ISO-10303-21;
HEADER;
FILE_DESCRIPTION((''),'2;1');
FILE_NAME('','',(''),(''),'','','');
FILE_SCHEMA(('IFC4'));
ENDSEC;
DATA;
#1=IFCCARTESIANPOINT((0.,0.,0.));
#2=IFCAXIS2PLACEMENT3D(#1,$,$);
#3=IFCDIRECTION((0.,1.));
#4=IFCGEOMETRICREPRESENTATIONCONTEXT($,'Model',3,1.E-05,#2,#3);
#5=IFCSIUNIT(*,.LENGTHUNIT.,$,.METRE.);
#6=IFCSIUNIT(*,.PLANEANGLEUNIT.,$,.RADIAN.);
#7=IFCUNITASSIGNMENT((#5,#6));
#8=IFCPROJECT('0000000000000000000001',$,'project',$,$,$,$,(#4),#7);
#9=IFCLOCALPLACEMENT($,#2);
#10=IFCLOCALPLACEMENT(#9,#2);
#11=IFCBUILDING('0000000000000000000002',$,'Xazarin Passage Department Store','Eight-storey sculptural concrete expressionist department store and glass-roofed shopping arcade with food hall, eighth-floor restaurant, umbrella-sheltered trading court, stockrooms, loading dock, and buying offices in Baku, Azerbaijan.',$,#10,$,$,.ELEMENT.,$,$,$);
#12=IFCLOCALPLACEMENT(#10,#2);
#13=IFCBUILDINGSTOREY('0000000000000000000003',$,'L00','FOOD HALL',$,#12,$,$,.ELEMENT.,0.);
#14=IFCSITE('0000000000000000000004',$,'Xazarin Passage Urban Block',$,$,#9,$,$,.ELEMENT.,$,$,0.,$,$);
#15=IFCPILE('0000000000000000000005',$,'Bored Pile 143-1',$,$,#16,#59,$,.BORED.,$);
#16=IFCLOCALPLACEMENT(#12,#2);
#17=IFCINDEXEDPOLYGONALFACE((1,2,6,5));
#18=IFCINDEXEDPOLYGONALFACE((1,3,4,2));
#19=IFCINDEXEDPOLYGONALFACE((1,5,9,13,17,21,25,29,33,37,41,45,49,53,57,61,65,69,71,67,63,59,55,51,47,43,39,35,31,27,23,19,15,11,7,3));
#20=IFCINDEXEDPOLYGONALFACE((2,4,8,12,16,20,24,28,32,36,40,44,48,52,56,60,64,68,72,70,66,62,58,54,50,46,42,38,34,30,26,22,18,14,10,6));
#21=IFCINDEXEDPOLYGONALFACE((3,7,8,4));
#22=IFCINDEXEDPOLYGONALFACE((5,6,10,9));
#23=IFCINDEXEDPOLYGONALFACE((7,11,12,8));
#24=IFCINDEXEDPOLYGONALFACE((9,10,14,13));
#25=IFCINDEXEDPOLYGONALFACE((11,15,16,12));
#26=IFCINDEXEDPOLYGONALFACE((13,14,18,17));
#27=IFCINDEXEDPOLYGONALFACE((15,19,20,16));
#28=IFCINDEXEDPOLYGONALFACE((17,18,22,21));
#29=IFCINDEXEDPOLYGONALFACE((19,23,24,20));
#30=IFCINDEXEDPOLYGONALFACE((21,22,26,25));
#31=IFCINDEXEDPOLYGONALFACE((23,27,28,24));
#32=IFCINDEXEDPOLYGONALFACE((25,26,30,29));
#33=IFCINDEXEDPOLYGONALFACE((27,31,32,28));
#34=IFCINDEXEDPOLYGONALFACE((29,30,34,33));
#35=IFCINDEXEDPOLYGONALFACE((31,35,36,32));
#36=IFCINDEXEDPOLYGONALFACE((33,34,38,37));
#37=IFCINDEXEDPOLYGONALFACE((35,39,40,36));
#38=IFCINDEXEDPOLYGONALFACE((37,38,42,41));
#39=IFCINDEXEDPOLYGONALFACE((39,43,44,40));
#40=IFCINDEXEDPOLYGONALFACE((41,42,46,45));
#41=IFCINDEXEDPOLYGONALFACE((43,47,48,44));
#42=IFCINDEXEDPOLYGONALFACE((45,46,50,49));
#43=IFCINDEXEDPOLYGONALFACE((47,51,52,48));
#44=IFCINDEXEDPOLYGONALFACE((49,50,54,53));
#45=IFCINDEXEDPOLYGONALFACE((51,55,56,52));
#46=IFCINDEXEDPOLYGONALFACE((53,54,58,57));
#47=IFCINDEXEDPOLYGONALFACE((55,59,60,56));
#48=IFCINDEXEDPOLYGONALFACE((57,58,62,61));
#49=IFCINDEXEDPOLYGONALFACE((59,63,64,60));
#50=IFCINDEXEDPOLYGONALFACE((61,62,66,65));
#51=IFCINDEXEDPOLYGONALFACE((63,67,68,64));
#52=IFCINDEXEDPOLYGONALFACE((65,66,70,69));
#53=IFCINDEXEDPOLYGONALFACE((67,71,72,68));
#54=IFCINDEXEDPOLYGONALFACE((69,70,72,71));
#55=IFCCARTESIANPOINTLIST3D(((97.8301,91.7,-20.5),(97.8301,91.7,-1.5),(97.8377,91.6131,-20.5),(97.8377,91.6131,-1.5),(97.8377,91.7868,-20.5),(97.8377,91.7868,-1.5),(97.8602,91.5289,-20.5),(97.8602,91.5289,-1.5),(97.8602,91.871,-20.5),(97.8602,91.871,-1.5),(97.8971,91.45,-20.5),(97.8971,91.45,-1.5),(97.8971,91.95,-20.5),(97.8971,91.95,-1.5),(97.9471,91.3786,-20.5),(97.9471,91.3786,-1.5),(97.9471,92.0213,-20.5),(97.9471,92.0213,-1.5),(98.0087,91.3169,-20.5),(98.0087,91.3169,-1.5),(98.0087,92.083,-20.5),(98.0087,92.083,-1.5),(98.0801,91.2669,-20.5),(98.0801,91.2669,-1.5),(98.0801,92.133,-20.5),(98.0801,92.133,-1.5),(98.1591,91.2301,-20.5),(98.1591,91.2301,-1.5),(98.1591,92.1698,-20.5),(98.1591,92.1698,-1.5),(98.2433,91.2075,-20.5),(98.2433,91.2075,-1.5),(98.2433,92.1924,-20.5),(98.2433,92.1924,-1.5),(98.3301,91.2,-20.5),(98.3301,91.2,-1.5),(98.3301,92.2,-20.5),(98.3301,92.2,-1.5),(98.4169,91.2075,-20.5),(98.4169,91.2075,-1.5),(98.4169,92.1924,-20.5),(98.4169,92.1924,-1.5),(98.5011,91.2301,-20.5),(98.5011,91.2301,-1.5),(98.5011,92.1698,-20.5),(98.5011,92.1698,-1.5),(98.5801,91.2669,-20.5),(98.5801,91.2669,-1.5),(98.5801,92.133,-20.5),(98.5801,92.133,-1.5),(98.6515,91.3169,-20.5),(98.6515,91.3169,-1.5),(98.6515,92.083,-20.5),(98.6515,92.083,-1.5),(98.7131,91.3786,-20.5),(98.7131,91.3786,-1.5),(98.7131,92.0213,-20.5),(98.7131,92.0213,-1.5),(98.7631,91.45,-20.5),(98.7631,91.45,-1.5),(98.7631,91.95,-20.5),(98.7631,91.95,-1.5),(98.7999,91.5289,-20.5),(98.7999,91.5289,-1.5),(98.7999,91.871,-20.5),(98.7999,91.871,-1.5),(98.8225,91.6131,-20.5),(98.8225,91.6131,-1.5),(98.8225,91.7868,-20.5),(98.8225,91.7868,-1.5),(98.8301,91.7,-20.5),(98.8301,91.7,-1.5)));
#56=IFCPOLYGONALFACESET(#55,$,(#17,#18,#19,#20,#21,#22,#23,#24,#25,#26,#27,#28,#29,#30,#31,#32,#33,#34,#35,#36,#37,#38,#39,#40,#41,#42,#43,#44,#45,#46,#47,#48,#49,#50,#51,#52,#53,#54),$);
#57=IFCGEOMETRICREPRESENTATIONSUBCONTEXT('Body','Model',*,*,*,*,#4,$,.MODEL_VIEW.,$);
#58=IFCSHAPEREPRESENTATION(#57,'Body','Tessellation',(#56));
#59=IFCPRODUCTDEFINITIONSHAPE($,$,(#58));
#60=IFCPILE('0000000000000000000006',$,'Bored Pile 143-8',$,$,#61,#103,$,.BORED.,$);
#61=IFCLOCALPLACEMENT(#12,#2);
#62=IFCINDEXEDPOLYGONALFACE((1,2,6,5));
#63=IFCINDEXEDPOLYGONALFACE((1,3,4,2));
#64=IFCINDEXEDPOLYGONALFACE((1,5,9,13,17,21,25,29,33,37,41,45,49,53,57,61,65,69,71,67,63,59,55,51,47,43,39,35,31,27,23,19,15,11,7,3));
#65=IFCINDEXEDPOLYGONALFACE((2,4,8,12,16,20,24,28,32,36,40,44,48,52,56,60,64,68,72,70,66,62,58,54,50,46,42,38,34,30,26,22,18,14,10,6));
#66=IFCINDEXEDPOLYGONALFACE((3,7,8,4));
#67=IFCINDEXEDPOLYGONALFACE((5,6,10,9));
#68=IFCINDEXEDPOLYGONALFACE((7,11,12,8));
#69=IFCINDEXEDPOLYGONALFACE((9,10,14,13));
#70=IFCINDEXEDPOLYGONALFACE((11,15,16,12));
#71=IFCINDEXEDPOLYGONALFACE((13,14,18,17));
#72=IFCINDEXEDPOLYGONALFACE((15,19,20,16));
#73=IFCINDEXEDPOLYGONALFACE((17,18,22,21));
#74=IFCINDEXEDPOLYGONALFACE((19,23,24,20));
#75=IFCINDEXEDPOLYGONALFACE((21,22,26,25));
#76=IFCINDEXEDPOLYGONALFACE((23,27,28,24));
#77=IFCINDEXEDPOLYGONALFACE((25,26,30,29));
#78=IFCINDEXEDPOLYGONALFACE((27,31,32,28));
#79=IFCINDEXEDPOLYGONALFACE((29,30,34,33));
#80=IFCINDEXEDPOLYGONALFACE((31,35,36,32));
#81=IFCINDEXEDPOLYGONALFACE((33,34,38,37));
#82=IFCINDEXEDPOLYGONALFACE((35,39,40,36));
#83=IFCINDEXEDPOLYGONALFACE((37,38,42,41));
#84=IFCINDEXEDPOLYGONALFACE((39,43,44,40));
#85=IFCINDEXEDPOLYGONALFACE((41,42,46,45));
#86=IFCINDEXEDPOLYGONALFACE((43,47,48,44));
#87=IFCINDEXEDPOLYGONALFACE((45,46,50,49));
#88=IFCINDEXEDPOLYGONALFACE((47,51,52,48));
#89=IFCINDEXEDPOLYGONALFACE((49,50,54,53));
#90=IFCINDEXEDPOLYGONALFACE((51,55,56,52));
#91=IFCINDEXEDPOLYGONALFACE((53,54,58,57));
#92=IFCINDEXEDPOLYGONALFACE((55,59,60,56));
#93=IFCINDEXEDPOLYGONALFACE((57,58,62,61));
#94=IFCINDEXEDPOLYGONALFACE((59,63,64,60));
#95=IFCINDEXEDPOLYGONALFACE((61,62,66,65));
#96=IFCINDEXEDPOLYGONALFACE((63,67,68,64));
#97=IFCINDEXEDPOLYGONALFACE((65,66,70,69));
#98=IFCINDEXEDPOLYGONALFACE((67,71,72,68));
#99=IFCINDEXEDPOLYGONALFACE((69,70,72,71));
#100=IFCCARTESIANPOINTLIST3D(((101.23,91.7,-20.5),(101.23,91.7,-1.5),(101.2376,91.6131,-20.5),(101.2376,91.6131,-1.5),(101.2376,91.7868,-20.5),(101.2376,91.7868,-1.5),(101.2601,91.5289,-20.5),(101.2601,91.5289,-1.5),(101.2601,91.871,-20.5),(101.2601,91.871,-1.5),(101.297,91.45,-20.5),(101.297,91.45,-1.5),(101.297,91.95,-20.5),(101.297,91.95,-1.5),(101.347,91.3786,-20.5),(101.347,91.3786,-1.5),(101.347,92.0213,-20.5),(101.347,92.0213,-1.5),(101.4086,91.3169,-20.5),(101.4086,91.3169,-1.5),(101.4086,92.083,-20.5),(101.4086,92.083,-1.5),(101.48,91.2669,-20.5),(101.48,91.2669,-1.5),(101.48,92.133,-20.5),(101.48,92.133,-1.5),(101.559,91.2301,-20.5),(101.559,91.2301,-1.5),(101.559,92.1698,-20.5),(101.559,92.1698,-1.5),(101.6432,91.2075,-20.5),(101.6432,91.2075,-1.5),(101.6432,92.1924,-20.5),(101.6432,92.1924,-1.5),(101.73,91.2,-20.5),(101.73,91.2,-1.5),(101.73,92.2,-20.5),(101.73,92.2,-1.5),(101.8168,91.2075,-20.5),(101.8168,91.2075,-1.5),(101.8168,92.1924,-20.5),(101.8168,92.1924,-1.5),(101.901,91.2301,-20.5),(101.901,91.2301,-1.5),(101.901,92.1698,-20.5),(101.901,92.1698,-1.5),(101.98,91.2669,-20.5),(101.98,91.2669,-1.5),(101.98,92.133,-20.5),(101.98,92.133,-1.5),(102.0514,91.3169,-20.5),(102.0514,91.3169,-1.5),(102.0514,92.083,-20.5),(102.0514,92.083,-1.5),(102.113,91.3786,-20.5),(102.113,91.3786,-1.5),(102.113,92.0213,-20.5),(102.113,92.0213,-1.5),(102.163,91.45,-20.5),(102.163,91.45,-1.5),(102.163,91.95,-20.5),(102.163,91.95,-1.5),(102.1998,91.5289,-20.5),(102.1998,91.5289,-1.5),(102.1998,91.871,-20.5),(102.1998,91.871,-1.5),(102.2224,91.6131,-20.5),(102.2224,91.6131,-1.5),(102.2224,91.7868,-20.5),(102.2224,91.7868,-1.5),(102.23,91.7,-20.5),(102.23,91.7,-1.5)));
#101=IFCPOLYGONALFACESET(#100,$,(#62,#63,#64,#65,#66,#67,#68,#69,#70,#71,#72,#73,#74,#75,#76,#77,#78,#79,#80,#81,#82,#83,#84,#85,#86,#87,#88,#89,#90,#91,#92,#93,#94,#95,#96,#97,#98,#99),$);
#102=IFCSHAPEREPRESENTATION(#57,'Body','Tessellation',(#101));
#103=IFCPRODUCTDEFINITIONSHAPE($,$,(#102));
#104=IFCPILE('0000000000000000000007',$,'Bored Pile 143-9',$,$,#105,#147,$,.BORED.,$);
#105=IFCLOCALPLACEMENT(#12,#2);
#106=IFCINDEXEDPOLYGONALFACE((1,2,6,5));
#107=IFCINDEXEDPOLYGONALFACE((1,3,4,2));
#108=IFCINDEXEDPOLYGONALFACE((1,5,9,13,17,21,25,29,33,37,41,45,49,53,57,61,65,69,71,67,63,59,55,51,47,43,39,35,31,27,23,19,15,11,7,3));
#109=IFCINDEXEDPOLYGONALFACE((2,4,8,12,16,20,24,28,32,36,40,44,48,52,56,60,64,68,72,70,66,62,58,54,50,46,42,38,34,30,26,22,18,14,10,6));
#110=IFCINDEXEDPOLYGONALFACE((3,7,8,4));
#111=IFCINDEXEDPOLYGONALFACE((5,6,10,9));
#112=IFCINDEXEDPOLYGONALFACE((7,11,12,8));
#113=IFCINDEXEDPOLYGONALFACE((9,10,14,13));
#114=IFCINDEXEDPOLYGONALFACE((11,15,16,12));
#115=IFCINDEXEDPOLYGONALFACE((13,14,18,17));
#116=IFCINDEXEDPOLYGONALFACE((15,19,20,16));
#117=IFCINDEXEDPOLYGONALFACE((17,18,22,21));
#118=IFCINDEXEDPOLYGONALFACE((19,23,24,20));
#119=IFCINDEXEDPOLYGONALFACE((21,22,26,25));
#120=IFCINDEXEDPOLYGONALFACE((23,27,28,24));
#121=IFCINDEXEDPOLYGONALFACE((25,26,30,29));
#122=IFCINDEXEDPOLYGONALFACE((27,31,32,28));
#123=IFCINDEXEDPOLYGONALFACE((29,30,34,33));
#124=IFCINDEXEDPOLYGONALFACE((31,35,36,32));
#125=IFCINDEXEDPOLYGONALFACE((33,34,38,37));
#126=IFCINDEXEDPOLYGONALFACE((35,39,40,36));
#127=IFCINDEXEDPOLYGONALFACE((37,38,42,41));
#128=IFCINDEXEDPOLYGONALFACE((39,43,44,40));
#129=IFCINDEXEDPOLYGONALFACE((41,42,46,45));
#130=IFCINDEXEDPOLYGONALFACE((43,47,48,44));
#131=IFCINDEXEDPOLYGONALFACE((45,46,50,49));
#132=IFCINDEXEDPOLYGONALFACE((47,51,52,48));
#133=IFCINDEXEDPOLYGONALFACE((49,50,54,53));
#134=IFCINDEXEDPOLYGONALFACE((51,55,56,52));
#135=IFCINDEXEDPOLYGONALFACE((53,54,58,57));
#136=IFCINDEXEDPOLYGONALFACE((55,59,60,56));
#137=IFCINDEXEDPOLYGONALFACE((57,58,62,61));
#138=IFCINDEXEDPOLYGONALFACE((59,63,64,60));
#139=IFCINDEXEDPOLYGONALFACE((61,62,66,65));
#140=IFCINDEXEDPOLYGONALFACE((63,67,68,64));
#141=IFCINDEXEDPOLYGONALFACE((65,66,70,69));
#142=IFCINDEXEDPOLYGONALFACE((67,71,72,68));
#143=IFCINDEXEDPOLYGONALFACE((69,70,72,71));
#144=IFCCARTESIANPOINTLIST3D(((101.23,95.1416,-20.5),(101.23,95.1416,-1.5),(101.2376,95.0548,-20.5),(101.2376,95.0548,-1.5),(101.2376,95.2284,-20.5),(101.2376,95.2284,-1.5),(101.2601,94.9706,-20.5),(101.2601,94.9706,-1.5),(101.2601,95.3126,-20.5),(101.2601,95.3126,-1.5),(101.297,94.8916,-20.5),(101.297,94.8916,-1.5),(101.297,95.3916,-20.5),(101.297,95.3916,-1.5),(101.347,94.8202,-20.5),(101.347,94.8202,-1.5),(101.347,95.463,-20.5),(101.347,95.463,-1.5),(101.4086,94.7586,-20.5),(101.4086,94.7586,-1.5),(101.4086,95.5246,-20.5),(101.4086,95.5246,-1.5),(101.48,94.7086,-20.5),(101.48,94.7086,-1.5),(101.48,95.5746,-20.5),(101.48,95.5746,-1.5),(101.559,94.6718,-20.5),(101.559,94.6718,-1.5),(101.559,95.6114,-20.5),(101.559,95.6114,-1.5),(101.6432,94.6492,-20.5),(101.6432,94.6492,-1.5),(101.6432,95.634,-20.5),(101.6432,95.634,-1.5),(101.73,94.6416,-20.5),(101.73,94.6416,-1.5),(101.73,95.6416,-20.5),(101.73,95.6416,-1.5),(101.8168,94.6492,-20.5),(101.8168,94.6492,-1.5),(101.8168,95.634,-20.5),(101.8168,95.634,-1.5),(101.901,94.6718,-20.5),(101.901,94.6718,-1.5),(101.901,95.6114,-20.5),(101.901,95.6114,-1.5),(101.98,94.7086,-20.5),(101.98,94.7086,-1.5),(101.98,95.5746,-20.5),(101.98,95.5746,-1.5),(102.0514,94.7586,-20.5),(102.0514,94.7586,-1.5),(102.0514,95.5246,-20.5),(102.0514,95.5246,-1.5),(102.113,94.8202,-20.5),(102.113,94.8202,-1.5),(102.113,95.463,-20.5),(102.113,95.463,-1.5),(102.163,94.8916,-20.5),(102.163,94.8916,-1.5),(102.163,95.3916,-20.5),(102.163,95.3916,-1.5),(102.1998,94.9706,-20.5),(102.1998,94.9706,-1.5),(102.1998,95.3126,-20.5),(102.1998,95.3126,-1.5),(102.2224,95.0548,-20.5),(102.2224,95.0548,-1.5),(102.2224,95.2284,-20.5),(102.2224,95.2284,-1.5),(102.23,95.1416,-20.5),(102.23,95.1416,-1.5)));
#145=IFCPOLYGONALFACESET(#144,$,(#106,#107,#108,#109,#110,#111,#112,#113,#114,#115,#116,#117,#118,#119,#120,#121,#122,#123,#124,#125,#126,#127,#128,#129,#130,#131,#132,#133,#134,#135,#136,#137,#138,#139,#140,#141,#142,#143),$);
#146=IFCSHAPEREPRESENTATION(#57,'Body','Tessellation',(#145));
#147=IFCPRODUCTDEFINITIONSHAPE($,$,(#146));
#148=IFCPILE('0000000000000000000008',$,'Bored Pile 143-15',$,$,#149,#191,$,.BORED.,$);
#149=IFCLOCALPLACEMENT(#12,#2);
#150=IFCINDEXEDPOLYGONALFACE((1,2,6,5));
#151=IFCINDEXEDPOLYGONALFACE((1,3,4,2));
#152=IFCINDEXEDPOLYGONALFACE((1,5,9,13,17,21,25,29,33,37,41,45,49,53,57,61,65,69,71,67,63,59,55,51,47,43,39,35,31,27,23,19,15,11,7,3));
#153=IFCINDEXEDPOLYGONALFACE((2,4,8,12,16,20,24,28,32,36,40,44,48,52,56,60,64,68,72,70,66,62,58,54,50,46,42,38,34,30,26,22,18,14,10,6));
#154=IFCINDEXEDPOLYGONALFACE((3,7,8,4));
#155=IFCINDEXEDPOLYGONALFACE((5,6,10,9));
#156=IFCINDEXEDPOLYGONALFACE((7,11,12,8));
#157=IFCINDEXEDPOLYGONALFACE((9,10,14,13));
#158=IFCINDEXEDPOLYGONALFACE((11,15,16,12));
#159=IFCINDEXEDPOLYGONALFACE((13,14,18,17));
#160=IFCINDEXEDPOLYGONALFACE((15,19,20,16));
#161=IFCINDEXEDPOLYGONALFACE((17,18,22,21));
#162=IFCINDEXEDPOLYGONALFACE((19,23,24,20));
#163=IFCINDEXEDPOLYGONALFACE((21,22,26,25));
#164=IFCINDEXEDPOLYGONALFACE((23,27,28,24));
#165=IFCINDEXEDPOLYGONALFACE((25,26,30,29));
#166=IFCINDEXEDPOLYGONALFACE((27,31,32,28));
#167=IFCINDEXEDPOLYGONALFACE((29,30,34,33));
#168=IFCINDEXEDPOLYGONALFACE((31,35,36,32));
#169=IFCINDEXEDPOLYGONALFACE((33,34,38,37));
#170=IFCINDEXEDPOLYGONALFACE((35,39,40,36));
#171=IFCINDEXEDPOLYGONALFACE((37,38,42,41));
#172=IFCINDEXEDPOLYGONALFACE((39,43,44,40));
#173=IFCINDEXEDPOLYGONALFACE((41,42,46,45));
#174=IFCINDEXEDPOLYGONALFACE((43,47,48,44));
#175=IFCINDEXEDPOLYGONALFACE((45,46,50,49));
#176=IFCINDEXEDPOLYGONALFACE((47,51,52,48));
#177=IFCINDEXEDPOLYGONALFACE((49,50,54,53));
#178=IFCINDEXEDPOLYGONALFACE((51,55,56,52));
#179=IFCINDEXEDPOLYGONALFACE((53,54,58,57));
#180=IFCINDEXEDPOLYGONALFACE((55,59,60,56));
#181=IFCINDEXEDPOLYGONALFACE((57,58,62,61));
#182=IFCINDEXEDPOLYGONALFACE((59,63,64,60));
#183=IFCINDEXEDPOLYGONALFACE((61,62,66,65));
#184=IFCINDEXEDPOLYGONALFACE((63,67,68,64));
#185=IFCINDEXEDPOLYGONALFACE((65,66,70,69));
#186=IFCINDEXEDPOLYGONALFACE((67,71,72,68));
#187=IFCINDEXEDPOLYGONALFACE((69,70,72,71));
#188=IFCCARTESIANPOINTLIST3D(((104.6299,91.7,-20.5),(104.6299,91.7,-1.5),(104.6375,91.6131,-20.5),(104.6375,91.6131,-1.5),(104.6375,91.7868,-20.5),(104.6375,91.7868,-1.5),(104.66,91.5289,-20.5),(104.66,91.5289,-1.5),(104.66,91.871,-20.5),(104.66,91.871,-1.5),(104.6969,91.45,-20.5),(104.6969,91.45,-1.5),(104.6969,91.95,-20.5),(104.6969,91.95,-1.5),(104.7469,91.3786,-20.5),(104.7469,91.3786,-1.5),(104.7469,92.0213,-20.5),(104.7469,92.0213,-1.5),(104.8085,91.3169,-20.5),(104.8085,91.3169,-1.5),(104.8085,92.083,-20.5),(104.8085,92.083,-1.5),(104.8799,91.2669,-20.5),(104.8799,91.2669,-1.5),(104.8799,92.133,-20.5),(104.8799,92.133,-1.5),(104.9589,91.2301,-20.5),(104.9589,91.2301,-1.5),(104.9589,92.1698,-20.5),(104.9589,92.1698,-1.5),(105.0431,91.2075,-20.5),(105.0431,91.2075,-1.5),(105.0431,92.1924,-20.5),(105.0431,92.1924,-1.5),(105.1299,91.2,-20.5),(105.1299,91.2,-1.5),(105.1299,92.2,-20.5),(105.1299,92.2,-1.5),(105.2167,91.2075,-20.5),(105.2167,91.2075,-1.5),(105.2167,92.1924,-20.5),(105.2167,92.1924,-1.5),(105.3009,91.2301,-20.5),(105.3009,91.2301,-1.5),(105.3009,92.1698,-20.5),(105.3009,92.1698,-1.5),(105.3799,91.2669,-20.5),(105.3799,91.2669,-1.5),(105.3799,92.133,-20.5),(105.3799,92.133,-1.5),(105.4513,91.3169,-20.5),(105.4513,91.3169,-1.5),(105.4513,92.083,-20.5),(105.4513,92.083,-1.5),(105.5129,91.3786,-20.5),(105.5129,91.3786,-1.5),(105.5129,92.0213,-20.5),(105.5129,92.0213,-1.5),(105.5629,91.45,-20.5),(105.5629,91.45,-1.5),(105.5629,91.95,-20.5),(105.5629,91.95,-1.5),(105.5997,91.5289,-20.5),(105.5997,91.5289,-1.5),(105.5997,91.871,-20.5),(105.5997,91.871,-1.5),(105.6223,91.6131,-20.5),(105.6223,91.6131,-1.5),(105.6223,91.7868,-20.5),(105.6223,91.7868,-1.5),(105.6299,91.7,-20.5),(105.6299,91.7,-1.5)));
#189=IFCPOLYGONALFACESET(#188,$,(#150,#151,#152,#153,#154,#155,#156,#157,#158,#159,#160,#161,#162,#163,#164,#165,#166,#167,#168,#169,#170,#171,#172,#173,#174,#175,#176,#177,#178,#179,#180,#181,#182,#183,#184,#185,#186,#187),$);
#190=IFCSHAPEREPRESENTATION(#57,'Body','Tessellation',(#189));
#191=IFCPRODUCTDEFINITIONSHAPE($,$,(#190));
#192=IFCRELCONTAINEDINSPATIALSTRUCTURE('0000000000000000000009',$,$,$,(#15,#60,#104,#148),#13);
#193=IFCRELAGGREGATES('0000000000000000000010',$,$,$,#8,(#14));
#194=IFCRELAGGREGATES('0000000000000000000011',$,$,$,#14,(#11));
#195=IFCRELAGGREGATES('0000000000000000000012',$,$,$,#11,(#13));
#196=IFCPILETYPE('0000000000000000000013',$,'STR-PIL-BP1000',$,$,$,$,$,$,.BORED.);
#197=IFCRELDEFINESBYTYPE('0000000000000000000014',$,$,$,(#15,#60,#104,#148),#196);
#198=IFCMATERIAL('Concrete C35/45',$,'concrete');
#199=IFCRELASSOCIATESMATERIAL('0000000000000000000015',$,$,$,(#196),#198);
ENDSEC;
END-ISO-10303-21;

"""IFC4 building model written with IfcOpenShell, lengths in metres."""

from ifc_helpers import new_model, si_unit, direction, frame, origin, origin_2d, place, context, subcontext, project, spatial, circle, extrude, material, material_profile, profile_set, type_object, element, save


model = new_model("IFC4")

# Units and contexts
model_context = context("Model", 3, precision=1e-05, world=origin(), true_north=direction((0.0, 1.0)))
body_context = subcontext(model_context, "Body", "Model", "MODEL_VIEW")
ifc_project = project(units=[si_unit("LENGTHUNIT", "METRE"), si_unit("PLANEANGLEUNIT", "RADIAN")], contexts=[model_context])

# Site, building, storey
site_placement = place(None, origin())
site = spatial("IfcSite", under=ifc_project, at=site_placement, Name="Xazarin Passage Urban Block", CompositionType="ELEMENT", RefElevation=0.0)
building_placement = place(site_placement, origin())
building = spatial("IfcBuilding", under=site, at=building_placement, Name="Xazarin Passage Department Store", Description="Eight-storey sculptural concrete expressionist department store and glass-roofed shopping arcade with food hall, eighth-floor restaurant, umbrella-sheltered trading court, stockrooms, loading dock, and buying offices in Baku, Azerbaijan.", CompositionType="ELEMENT")
storey_placement = place(building_placement, origin())
storey = spatial("IfcBuildingStorey", under=building, at=storey_placement, Name="L00", Description="FOOD HALL", CompositionType="ELEMENT", Elevation=0.0)

# Piles
ifc_material_1 = material(Name="Concrete C35/45", Category="concrete")
ifc_material_profile_1 = material_profile(ifc_material_1, circle(Radius=0.5, at=origin_2d()), Name="BP 1000")
ifc_profile_set_1 = profile_set([ifc_material_profile_1], Name="Concrete C35/45")
pile_type_1 = type_object("IfcPileType", Name="STR-PIL-BP1000", PredefinedType="BORED", material=ifc_profile_set_1)
for number, where, z_axis, x_axis, name in (
    (1, (98.3301, 91.7, -1.5), (0.0, 0.0, -1.0), (1.0, 0.0, 0.0), "Bored Pile 143-1"),
    (2, (101.73, 91.7, -1.5), (0.0, 0.0, -1.0), (1.0, 0.0, 0.0), "Bored Pile 143-8"),
    (3, (101.73, 95.1416, -1.5), (0.0, 0.0, -1.0), (1.0, 0.0, 0.0), "Bored Pile 143-9"),
    (4, (105.1299, 91.7, -1.5), (0.0, 0.0, -1.0), (1.0, 0.0, 0.0), "Bored Pile 143-15"),
):
    element("IfcPile", number, at=place(storey_placement, frame(where, z_axis=z_axis, x_axis=x_axis)), inside=storey, type_object=pile_type_1, Name=name, PredefinedType="BORED", context=body_context, shape_type="SweptSolid", body=[
        extrude(circle(Radius=0.5, at=origin_2d()), origin(), (0.0, 0.0, 1.0), 19.0),
    ])

save(model, "model.ifc")
